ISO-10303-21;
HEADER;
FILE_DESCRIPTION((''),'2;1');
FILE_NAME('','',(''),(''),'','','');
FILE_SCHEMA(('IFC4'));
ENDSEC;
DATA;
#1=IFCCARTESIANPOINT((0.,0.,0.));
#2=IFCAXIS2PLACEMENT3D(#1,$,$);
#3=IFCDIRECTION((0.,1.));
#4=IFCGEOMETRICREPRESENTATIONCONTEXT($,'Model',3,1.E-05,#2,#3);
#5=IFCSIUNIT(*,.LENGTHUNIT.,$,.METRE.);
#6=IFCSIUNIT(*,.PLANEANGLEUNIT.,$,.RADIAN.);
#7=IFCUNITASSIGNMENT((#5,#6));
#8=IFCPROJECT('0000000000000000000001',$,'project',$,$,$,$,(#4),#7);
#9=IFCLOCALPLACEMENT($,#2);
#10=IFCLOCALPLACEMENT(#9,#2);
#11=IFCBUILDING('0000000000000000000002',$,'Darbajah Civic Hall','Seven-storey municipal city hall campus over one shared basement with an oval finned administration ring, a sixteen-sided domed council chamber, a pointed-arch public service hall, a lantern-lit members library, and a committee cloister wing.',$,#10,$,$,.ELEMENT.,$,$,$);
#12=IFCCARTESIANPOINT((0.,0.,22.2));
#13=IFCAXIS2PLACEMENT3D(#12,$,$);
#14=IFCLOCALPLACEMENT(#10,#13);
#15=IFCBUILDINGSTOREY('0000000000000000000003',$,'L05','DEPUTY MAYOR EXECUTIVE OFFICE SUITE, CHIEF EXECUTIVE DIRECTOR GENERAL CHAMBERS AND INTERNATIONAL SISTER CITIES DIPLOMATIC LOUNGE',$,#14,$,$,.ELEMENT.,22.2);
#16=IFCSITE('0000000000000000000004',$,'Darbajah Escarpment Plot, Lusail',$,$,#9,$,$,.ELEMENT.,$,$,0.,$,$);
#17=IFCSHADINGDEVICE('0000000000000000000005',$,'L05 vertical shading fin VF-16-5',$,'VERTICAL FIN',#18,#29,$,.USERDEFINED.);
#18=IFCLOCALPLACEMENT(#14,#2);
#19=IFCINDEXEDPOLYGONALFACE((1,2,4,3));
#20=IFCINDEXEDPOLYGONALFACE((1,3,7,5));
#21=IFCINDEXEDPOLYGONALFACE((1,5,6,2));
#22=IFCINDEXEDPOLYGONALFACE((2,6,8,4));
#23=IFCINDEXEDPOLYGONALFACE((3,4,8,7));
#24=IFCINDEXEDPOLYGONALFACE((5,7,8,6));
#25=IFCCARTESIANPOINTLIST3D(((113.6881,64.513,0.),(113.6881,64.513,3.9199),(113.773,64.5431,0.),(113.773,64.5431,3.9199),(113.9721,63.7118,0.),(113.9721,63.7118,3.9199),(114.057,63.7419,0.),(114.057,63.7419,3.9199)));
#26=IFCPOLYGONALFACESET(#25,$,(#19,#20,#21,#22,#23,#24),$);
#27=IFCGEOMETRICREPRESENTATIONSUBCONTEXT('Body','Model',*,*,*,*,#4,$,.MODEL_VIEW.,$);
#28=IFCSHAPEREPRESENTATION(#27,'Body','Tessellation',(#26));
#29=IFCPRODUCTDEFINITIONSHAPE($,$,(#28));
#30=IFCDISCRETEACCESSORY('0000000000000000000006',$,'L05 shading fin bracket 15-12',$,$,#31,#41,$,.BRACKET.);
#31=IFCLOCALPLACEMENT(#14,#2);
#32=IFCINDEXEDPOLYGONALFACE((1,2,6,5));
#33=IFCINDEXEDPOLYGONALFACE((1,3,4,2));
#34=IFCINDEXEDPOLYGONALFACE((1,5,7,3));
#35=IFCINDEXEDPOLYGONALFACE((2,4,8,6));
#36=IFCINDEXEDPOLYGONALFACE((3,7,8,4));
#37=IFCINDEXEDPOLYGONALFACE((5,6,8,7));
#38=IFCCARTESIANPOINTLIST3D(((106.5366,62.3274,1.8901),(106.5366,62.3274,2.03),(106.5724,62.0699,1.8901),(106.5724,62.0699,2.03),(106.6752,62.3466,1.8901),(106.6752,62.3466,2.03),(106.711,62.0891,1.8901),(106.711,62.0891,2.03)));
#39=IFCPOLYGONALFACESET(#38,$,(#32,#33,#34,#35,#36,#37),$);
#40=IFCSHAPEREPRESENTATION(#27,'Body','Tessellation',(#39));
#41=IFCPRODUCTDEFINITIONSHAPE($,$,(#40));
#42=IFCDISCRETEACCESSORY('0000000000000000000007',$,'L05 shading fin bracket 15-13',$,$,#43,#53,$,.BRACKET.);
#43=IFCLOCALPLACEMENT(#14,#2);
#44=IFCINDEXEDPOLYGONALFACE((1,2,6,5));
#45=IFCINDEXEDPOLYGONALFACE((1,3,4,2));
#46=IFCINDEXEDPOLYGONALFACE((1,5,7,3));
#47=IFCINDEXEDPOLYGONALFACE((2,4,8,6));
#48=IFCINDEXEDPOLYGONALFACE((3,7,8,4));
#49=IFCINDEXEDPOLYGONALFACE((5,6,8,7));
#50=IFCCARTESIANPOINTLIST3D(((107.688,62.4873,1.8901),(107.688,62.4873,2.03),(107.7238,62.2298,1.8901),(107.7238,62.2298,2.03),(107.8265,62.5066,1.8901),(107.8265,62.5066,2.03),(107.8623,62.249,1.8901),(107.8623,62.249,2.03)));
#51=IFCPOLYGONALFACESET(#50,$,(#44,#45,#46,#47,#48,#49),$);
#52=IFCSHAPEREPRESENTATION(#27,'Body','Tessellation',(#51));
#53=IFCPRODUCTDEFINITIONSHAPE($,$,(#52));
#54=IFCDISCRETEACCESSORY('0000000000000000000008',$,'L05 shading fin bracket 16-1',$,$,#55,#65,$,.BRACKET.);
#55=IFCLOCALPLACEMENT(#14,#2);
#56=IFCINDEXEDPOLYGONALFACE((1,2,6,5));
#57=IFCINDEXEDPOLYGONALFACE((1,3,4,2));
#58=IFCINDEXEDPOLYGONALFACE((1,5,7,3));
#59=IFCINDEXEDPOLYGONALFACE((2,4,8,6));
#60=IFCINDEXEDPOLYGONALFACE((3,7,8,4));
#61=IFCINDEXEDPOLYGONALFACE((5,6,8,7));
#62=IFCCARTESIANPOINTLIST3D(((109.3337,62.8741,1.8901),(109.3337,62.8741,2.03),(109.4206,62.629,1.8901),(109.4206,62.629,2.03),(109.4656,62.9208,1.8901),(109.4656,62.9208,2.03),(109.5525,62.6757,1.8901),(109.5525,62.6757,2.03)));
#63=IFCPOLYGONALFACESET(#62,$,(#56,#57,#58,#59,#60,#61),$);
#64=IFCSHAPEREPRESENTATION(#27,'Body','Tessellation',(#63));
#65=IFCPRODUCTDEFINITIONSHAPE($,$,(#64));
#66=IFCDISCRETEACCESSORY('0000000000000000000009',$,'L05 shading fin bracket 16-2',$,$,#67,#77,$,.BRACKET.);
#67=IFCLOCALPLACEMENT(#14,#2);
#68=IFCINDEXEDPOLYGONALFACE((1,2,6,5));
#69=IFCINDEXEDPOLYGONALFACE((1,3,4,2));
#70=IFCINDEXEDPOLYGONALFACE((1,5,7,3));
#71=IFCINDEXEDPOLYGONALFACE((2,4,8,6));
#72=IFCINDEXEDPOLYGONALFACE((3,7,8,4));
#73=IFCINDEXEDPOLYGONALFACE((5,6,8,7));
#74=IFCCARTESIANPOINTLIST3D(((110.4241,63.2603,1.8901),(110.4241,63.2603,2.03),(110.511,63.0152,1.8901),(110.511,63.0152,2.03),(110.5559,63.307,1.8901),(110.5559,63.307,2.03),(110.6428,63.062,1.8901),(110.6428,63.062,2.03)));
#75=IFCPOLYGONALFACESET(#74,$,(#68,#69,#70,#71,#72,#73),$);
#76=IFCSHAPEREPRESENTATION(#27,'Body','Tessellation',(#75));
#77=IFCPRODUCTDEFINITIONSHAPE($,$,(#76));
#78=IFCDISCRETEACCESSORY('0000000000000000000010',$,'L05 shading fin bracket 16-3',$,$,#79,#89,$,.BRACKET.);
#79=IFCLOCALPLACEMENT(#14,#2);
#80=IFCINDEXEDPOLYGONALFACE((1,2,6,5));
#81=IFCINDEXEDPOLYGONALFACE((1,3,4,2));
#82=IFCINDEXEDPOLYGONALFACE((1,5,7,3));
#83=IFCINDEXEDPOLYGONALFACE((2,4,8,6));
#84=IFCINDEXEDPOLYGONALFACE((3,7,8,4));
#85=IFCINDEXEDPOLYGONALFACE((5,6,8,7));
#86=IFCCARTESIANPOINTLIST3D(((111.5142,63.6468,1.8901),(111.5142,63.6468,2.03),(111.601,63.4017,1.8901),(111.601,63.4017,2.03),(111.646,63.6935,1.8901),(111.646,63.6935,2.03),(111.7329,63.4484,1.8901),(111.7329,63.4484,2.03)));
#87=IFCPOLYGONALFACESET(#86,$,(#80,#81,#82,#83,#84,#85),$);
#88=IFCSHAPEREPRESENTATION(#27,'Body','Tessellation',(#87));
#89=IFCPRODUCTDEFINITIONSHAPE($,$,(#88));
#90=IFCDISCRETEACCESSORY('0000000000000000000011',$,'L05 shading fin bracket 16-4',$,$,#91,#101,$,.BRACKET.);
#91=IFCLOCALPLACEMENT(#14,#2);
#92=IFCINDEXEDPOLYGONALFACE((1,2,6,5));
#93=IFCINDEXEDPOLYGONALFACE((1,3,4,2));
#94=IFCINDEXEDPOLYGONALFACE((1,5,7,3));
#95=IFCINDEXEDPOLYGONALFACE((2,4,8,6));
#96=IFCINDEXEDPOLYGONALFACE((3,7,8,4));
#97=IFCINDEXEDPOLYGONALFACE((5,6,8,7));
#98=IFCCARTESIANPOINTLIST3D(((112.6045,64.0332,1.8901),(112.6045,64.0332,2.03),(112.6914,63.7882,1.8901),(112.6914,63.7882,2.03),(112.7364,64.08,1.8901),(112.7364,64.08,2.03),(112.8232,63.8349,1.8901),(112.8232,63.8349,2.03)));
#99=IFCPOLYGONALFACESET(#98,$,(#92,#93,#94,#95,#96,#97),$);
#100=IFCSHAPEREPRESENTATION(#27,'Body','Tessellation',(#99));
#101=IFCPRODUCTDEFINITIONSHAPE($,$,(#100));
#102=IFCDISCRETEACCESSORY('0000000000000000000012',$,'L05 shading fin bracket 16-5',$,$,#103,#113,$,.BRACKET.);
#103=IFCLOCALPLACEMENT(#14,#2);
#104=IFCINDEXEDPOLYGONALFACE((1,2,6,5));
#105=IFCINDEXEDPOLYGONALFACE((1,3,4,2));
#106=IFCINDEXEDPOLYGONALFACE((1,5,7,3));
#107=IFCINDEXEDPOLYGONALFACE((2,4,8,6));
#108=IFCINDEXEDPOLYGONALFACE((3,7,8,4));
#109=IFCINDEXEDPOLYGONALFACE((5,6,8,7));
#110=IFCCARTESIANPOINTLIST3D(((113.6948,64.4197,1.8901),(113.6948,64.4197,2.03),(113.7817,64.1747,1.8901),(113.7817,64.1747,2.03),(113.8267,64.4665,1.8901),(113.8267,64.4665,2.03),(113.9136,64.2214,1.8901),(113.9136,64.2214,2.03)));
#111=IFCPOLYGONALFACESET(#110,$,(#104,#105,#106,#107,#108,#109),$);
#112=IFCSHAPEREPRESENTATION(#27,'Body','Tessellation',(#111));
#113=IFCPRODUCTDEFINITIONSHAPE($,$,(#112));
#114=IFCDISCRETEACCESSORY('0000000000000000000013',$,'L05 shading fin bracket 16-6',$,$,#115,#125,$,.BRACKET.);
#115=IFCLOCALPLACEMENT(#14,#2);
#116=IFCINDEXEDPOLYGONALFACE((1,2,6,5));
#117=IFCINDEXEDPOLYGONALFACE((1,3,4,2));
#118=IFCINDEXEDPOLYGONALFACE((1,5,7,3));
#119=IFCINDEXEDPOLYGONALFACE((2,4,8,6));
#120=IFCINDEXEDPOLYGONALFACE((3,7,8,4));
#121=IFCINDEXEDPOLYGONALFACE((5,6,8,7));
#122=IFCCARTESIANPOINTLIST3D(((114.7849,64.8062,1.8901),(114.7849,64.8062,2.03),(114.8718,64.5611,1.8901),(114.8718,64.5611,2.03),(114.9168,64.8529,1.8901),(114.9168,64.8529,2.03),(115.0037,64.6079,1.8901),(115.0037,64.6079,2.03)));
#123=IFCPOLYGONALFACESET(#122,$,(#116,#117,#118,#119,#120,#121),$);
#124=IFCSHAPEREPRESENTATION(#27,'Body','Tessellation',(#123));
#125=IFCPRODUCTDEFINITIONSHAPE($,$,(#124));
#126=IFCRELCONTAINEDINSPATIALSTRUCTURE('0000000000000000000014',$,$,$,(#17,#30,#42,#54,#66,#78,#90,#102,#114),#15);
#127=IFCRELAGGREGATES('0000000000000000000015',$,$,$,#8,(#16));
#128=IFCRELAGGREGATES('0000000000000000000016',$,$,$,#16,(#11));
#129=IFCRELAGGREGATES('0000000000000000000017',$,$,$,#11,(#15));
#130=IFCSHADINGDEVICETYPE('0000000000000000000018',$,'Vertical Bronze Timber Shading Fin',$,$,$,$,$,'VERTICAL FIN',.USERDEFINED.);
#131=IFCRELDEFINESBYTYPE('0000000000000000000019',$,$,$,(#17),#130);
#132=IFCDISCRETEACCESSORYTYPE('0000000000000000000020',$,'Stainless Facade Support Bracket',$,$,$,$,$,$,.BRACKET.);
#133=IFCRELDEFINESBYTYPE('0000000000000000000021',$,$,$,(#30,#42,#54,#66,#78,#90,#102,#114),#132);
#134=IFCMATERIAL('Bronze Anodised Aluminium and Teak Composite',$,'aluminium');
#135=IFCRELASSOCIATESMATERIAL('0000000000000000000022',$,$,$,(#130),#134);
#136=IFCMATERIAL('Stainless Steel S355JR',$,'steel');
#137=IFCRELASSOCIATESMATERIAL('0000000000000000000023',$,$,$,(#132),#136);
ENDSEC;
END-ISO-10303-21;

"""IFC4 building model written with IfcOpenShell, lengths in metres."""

from ifc_helpers import new_model, si_unit, direction, frame, origin, origin_2d, place, context, subcontext, project, spatial, rectangle, extrude, material, type_object, element, save


model = new_model("IFC4")

# Units and contexts
model_context = context("Model", 3, precision=1e-05, world=origin(), true_north=direction((0.0, 1.0)))
body_context = subcontext(model_context, "Body", "Model", "MODEL_VIEW")
ifc_project = project(units=[si_unit("LENGTHUNIT", "METRE"), si_unit("PLANEANGLEUNIT", "RADIAN")], contexts=[model_context])

# Site, building, storey
site_placement = place(None, origin())
site = spatial("IfcSite", under=ifc_project, at=site_placement, Name="Darbajah Escarpment Plot, Lusail", CompositionType="ELEMENT", RefElevation=0.0)
building_placement = place(site_placement, origin())
building = spatial("IfcBuilding", under=site, at=building_placement, Name="Darbajah Civic Hall", Description="Seven-storey municipal city hall campus over one shared basement with an oval finned administration ring, a sixteen-sided domed council chamber, a pointed-arch public service hall, a lantern-lit members library, and a committee cloister wing.", CompositionType="ELEMENT")
storey_placement = place(building_placement, frame((0.0, 0.0, 22.2)))
storey = spatial("IfcBuildingStorey", under=building, at=storey_placement, Name="L05", Description="DEPUTY MAYOR EXECUTIVE OFFICE SUITE, CHIEF EXECUTIVE DIRECTOR GENERAL CHAMBERS AND INTERNATIONAL SISTER CITIES DIPLOMATIC LOUNGE", CompositionType="ELEMENT", Elevation=22.2)

# Shading device
ifc_material_1 = material(Name="Bronze Anodised Aluminium and Teak Composite", Category="aluminium")
shading_device_type = type_object("IfcShadingDeviceType", Name="Vertical Bronze Timber Shading Fin", ElementType="VERTICAL FIN", PredefinedType="USERDEFINED", material=ifc_material_1)
for number, where, z_axis, x_axis, name in (
    (1, (113.8726, 64.1274, 0.0), (0.0, 0.0, 1.0), (0.334136, -0.942525, 0.0), "L05 vertical shading fin VF-16-5"),
):
    element("IfcShadingDevice", number, at=place(storey_placement, frame(where, z_axis=z_axis, x_axis=x_axis)), inside=storey, type_object=shading_device_type, Name=name, ObjectType="VERTICAL FIN", PredefinedType="USERDEFINED", context=body_context, shape_type="SweptSolid", body=[
        extrude(rectangle(XDim=0.8501, YDim=0.0901, at=origin_2d()), origin(), (0.0, 0.0, 1.0), 3.9199),
    ])

# Discrete accessories
ifc_material_2 = material(Name="Stainless Steel S355JR", Category="steel")
discrete_accessory_type = type_object("IfcDiscreteAccessoryType", Name="Stainless Facade Support Bracket", PredefinedType="BRACKET", material=ifc_material_2)
for number, where, z_axis, x_axis, name in (
    (2, (106.6238, 62.2083, 1.8901), (0.0, 0.0, 1.0), (0.137617, -0.990485, 0.0), "L05 shading fin bracket 15-12"),
    (3, (107.7751, 62.3682, 1.8901), (0.0, 0.0, 1.0), (0.137617, -0.990485, 0.0), "L05 shading fin bracket 15-13"),
    (4, (109.4431, 62.7749, 1.8901), (0.0, 0.0, 1.0), (0.334136, -0.942525, 0.0), "L05 shading fin bracket 16-1"),
    (5, (110.5334, 63.1611, 1.8901), (0.0, 0.0, 1.0), (0.334136, -0.942525, 0.0), "L05 shading fin bracket 16-2"),
    (6, (111.6235, 63.5476, 1.8901), (0.0, 0.0, 1.0), (0.334136, -0.942525, 0.0), "L05 shading fin bracket 16-3"),
    (7, (112.7139, 63.9341, 1.8901), (0.0, 0.0, 1.0), (0.334136, -0.942525, 0.0), "L05 shading fin bracket 16-4"),
    (8, (113.8042, 64.3206, 1.8901), (0.0, 0.0, 1.0), (0.334136, -0.942525, 0.0), "L05 shading fin bracket 16-5"),
    (9, (114.8943, 64.707, 1.8901), (0.0, 0.0, 1.0), (0.334136, -0.942525, 0.0), "L05 shading fin bracket 16-6"),
):
    element("IfcDiscreteAccessory", number, at=place(storey_placement, frame(where, z_axis=z_axis, x_axis=x_axis)), inside=storey, type_object=discrete_accessory_type, Name=name, PredefinedType="BRACKET", context=body_context, shape_type="SweptSolid", body=[
        extrude(rectangle(XDim=0.26, YDim=0.1399, at=origin_2d()), origin(), (0.0, 0.0, 1.0), 0.1399),
    ])

save(model, "model.ifc")
